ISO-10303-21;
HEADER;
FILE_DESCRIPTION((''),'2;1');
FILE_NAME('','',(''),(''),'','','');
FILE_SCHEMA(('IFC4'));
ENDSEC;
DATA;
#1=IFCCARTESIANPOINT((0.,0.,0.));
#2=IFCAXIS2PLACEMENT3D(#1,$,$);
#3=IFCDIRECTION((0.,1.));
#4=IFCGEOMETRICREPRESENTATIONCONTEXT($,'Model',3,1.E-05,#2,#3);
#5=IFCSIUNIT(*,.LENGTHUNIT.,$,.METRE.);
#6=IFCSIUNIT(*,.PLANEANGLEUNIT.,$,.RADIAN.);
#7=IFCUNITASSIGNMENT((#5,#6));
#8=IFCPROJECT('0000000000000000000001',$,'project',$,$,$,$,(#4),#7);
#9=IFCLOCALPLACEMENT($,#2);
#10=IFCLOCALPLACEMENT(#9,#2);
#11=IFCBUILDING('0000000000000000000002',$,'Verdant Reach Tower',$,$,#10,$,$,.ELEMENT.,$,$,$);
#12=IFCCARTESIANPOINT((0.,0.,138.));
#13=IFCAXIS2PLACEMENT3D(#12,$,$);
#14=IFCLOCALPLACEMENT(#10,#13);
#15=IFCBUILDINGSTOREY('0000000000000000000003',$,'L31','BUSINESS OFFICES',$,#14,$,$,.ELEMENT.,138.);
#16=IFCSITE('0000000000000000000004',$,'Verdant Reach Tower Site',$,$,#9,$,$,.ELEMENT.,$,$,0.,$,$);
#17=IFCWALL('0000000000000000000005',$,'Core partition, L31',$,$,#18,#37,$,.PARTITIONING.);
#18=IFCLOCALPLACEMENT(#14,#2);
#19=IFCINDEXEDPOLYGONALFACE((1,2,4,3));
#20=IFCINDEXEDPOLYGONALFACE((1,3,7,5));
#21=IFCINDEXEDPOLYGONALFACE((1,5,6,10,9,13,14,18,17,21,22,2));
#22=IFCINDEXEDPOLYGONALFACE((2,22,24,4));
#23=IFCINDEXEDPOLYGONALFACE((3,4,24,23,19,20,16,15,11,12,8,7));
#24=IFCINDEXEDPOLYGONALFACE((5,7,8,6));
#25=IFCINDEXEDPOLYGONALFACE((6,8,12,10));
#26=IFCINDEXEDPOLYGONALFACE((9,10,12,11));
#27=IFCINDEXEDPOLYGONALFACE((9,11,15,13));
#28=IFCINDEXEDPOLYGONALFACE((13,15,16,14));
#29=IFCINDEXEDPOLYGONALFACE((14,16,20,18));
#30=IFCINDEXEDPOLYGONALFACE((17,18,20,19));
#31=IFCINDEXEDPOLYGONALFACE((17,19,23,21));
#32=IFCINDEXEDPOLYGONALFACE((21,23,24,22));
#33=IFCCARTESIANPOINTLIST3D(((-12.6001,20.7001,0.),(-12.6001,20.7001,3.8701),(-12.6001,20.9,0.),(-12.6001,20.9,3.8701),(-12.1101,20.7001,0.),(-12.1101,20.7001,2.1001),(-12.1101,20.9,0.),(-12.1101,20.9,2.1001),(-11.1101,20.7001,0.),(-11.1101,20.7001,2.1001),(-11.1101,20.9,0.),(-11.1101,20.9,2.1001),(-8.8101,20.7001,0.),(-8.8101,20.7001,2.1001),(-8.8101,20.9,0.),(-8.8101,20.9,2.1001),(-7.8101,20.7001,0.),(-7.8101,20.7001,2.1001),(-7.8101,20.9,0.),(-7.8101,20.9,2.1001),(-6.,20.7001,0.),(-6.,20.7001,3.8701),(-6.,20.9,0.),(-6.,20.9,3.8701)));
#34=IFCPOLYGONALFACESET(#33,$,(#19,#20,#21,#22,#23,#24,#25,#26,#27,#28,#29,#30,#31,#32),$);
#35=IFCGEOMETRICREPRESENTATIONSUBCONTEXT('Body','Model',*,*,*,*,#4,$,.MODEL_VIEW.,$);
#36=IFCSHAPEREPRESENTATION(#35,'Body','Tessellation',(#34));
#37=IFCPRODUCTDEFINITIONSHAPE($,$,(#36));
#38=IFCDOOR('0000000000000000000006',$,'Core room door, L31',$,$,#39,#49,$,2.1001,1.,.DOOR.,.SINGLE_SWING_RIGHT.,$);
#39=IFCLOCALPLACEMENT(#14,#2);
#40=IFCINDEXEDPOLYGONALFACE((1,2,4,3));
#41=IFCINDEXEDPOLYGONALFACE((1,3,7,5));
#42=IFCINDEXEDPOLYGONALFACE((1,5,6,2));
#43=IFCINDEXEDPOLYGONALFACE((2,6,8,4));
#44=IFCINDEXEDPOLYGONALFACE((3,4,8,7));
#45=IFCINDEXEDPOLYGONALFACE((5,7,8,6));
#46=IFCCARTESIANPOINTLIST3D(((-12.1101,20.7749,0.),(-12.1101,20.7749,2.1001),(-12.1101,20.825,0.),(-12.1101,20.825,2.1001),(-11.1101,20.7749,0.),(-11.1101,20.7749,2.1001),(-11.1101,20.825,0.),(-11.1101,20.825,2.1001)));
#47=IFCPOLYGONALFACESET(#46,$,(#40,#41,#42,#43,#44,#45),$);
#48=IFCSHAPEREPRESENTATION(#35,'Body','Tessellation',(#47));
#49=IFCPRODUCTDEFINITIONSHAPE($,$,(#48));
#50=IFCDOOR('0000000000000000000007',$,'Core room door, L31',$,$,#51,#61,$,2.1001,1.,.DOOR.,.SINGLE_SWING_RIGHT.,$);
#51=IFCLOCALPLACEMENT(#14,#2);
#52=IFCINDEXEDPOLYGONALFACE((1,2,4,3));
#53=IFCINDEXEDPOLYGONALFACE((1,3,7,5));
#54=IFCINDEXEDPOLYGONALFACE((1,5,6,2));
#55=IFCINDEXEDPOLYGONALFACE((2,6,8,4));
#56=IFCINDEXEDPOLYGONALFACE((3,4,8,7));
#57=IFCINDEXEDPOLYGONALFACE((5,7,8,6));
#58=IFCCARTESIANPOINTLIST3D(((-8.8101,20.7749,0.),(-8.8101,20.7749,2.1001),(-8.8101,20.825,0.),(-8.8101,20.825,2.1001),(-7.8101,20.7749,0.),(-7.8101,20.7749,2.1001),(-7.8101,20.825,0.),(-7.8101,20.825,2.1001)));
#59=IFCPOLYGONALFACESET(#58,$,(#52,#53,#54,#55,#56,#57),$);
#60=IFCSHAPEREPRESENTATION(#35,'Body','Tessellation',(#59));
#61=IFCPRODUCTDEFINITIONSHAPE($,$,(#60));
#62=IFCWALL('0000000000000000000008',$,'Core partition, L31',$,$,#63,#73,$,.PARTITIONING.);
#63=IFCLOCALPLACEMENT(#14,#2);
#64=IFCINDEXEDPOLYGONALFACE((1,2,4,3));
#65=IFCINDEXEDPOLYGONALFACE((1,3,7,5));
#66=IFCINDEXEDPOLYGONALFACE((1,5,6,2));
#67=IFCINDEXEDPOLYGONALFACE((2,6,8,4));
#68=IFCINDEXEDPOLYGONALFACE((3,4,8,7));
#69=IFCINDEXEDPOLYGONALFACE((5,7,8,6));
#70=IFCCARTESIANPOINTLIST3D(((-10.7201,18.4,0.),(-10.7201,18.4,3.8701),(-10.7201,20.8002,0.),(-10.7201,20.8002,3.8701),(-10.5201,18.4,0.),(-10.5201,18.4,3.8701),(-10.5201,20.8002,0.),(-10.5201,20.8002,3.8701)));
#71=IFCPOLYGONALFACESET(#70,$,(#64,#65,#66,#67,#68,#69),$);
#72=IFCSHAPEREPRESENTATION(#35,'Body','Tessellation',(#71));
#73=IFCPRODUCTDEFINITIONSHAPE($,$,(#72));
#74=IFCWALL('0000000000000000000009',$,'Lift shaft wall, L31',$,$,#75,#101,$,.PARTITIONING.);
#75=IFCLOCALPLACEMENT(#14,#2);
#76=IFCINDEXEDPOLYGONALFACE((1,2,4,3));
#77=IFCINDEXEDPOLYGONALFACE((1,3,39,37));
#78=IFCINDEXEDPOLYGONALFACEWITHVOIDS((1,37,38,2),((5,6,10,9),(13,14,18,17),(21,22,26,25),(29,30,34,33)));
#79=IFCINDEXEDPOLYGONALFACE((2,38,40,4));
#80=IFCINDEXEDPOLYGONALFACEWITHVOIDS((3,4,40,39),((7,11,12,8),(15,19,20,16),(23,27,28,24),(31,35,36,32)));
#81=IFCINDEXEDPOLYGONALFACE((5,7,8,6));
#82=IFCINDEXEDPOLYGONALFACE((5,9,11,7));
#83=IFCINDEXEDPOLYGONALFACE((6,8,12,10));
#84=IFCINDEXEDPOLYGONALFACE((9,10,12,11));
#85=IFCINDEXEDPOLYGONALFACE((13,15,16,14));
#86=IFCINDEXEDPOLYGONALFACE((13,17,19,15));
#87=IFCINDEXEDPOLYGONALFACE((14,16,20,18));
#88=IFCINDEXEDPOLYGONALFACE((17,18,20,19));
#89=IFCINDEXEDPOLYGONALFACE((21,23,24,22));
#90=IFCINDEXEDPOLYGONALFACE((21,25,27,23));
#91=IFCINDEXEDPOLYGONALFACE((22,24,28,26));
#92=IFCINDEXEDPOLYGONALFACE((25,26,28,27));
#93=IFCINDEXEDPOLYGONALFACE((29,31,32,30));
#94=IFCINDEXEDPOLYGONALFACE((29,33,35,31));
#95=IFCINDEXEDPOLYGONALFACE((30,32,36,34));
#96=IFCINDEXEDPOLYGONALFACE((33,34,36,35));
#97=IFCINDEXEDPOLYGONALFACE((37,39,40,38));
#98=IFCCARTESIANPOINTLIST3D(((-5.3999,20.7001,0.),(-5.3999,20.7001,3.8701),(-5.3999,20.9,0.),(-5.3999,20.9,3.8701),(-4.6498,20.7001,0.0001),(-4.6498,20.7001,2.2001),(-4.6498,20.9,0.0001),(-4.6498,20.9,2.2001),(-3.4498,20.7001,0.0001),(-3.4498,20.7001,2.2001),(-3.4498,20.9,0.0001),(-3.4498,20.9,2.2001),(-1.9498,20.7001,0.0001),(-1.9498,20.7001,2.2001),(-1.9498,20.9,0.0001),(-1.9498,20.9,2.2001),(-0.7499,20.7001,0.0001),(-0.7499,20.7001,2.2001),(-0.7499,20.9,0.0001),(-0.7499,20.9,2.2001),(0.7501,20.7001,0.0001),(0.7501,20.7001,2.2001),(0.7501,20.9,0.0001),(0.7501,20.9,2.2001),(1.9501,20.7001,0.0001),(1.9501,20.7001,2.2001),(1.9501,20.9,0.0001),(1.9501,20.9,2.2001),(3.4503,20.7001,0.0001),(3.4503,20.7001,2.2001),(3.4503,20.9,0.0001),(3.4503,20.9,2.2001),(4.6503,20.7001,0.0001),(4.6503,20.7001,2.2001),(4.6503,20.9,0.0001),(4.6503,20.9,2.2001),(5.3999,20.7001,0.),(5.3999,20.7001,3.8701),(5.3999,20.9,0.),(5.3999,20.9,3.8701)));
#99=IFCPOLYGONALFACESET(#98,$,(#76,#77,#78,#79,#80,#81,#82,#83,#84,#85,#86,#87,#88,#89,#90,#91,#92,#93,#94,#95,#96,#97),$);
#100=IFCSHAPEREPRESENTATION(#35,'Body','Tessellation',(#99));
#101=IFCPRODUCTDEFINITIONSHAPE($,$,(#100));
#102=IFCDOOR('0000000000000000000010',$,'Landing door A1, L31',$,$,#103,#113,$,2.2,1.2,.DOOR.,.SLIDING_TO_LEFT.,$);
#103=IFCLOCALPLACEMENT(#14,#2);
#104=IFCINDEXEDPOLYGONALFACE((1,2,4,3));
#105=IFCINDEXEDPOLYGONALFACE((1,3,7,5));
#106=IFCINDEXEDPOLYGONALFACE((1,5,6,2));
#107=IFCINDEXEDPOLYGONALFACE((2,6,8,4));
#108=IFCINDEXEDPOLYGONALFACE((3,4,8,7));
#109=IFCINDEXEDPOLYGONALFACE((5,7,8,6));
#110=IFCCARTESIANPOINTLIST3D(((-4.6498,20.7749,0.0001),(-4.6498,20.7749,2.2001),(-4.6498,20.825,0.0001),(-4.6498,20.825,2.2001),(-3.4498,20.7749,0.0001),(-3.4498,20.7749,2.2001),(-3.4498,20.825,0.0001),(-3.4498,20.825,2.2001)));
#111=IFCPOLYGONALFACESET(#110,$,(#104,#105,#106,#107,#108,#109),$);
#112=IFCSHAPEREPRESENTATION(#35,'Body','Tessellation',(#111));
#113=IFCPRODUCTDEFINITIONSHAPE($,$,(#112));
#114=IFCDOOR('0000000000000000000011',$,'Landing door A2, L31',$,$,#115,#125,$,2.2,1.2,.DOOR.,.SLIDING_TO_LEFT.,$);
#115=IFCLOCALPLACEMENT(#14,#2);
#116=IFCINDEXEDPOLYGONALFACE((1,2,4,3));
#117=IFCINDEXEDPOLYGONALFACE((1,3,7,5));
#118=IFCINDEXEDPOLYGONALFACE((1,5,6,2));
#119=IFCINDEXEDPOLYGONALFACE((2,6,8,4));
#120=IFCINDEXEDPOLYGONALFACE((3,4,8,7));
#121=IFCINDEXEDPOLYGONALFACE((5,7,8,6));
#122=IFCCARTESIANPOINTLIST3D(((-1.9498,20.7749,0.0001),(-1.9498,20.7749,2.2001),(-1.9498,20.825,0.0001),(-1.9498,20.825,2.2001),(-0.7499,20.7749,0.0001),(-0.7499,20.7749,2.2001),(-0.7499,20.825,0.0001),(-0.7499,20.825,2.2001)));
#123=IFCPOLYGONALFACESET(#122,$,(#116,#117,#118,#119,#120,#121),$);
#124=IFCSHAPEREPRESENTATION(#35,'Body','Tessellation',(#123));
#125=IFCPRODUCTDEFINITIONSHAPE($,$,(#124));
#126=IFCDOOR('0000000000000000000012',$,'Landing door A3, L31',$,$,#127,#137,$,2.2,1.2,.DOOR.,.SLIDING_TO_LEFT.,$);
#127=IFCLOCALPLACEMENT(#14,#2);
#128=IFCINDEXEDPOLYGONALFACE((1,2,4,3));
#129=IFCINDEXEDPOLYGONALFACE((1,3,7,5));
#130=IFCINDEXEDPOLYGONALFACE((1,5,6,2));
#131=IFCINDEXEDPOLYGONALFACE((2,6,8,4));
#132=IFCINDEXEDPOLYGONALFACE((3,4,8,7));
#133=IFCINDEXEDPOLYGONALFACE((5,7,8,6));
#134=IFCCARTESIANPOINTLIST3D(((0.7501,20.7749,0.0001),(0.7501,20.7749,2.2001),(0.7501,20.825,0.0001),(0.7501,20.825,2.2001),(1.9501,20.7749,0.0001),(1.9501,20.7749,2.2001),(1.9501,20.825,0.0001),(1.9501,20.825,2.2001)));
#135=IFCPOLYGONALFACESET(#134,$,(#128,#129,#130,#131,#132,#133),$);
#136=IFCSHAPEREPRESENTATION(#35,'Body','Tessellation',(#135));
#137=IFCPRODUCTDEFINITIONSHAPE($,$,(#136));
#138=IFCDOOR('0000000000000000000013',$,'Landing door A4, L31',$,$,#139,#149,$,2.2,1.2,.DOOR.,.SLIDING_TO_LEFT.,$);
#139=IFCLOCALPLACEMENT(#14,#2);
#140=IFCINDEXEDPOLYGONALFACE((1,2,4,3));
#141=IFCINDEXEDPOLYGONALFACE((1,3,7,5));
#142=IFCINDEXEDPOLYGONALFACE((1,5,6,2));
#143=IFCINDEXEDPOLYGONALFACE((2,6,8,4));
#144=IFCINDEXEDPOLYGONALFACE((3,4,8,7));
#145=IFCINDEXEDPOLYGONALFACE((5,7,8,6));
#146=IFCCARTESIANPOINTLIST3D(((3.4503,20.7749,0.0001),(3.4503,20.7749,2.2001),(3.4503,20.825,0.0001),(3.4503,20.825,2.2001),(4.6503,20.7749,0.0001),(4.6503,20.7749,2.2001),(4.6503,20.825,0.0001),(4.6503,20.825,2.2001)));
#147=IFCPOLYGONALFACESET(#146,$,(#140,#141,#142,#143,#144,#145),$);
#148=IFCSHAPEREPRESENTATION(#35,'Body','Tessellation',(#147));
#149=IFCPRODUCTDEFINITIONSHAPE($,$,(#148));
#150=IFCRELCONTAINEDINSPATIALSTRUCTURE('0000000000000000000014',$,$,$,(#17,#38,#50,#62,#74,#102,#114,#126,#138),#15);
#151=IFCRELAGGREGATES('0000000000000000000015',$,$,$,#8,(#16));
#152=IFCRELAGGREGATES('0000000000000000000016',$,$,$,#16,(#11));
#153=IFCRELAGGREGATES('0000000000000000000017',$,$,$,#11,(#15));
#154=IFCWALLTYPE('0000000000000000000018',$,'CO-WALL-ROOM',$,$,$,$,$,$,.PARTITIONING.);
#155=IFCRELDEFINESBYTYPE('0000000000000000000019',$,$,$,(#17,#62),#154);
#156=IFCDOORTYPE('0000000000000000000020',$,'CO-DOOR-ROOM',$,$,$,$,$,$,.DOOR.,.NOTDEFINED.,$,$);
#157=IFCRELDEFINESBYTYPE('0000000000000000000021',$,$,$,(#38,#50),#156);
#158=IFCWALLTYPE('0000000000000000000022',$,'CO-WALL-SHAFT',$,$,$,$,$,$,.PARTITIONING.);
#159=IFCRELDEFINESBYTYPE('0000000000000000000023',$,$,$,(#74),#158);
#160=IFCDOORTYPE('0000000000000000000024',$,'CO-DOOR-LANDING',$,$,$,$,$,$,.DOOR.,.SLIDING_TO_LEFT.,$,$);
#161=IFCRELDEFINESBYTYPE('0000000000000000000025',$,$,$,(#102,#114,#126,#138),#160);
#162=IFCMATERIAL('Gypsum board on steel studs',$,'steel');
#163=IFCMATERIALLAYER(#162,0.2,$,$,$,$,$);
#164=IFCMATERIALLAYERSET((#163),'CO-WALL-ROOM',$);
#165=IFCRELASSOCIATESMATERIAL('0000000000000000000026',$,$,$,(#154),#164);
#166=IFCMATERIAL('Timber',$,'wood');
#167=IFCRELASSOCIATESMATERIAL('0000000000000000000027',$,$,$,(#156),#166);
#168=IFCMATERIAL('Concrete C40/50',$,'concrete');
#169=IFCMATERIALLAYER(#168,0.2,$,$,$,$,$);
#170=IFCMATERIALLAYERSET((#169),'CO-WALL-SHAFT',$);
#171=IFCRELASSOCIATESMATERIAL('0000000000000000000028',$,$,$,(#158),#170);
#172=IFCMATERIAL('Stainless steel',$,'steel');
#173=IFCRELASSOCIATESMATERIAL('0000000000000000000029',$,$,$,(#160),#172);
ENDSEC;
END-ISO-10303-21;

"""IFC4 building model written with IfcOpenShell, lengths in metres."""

from ifc_helpers import new_model, si_unit, direction, frame, frame_2d, origin, place, context, subcontext, project, spatial, rectangle, extrude, material, layer, layer_set, type_object, element, fill, save


model = new_model("IFC4")

# Units and contexts
model_context = context("Model", 3, precision=1e-05, world=origin(), true_north=direction((0.0, 1.0)))
body_context = subcontext(model_context, "Body", "Model", "MODEL_VIEW")
ifc_project = project(units=[si_unit("LENGTHUNIT", "METRE"), si_unit("PLANEANGLEUNIT", "RADIAN")], contexts=[model_context])

# Site, building, storey
site_placement = place(None, origin())
site = spatial("IfcSite", under=ifc_project, at=site_placement, Name="Verdant Reach Tower Site", CompositionType="ELEMENT", RefElevation=0.0)
building_placement = place(site_placement, origin())
building = spatial("IfcBuilding", under=site, at=building_placement, Name="Verdant Reach Tower", CompositionType="ELEMENT")
storey_placement = place(building_placement, frame((0.0, 0.0, 138.0)))
storey = spatial("IfcBuildingStorey", under=building, at=storey_placement, Name="L31", Description="BUSINESS OFFICES", CompositionType="ELEMENT", Elevation=138.0)

# Wall, openings, doors
ifc_material_1 = material(Name="Gypsum board on steel studs", Category="steel")
ifc_layer_1 = layer(ifc_material_1, 0.2)
ifc_layer_set_1 = layer_set([ifc_layer_1], Name="CO-WALL-ROOM")
wall_type_1 = type_object("IfcWallType", Name="CO-WALL-ROOM", PredefinedType="PARTITIONING", material=ifc_layer_set_1)
wall_1_placement = place(storey_placement, frame((-12.6001, 20.8, 0.0), z_axis=(0.0, 0.0, 1.0), x_axis=(1.0, 0.0, 0.0)))
wall_1 = element("IfcWall", 1, at=wall_1_placement, inside=storey, type_object=wall_type_1, Name="Core partition, L31", PredefinedType="PARTITIONING", context=body_context, shape_type="SweptSolid", body=[
    extrude(rectangle(XDim=6.6001, YDim=0.2, at=frame_2d((3.3, 0.0))), origin(), (0.0, 0.0, 1.0), 3.8701),
])
opening_1_placement = place(wall_1_placement, frame((0.49, 0.0, 0.0)))
opening_1 = element("IfcOpeningElement", 2, at=opening_1_placement, cuts=wall_1, PredefinedType="OPENING", context=body_context, shape_type="SweptSolid", body=[
    extrude(rectangle(XDim=1.0, YDim=2.1001, at=frame_2d((0.5, 1.05))), frame((0.0, 0.1099, 0.0), z_axis=(0.0, -1.0, 0.0), x_axis=(1.0, 0.0, 0.0)), (0.0, 0.0, 1.0), 0.22),
])
opening_2_placement = place(wall_1_placement, frame((3.79, 0.0, 0.0)))
opening_2 = element("IfcOpeningElement", 3, at=opening_2_placement, cuts=wall_1, PredefinedType="OPENING", context=body_context, shape_type="SweptSolid", body=[
    extrude(rectangle(XDim=1.0, YDim=2.1001, at=frame_2d((0.5, 1.05))), frame((0.0, 0.1099, 0.0), z_axis=(0.0, -1.0, 0.0), x_axis=(1.0, 0.0, 0.0)), (0.0, 0.0, 1.0), 0.22),
])
ifc_material_2 = material(Name="Timber", Category="wood")
door_type_1 = type_object("IfcDoorType", Name="CO-DOOR-ROOM", OperationType="NOTDEFINED", PredefinedType="DOOR", material=ifc_material_2)
door_1_placement = place(opening_1_placement, origin())
door_1 = element("IfcDoor", 4, at=door_1_placement, inside=storey, type_object=door_type_1, Name="Core room door, L31", OperationType="SINGLE_SWING_RIGHT", OverallHeight=2.1001, OverallWidth=1.0, PredefinedType="DOOR", context=body_context, shape_type="SweptSolid", body=[
    extrude(rectangle(XDim=1.0, YDim=2.1001, at=frame_2d((0.5, 1.05))), frame((0.0, 0.0249, 0.0), z_axis=(0.0, -1.0, 0.0), x_axis=(1.0, 0.0, 0.0)), (0.0, 0.0, 1.0), 0.05),
])
fill(opening_1, door_1)
door_2_placement = place(opening_2_placement, origin())
door_2 = element("IfcDoor", 5, at=door_2_placement, inside=storey, type_object=door_type_1, Name="Core room door, L31", OperationType="SINGLE_SWING_RIGHT", OverallHeight=2.1001, OverallWidth=1.0, PredefinedType="DOOR", context=body_context, shape_type="SweptSolid", body=[
    extrude(rectangle(XDim=1.0, YDim=2.1001, at=frame_2d((0.5, 1.05))), frame((0.0, 0.0249, 0.0), z_axis=(0.0, -1.0, 0.0), x_axis=(1.0, 0.0, 0.0)), (0.0, 0.0, 1.0), 0.05),
])
fill(opening_2, door_2)

# Wall
wall_2_placement = place(storey_placement, frame((-10.6201, 18.3999, 0.0), z_axis=(0.0, 0.0, 1.0), x_axis=(0.0, 1.0, 0.0)))
element("IfcWall", 6, at=wall_2_placement, inside=storey, type_object=wall_type_1, Name="Core partition, L31", PredefinedType="PARTITIONING", context=body_context, shape_type="SweptSolid", body=[
    extrude(rectangle(XDim=2.4001, YDim=0.2, at=frame_2d((1.2002, 0.0))), origin(), (0.0, 0.0, 1.0), 3.8701),
])

# Wall, openings, doors
ifc_material_3 = material(Name="Concrete C40/50", Category="concrete")
ifc_layer_2 = layer(ifc_material_3, 0.2)
ifc_layer_set_2 = layer_set([ifc_layer_2], Name="CO-WALL-SHAFT")
wall_type_2 = type_object("IfcWallType", Name="CO-WALL-SHAFT", PredefinedType="PARTITIONING", material=ifc_layer_set_2)
wall_3_placement = place(storey_placement, frame((-5.3999, 20.8, 0.0), z_axis=(0.0, 0.0, 1.0), x_axis=(1.0, 0.0, 0.0)))
wall_3 = element("IfcWall", 7, at=wall_3_placement, inside=storey, type_object=wall_type_2, Name="Lift shaft wall, L31", PredefinedType="PARTITIONING", context=body_context, shape_type="SweptSolid", body=[
    extrude(rectangle(XDim=10.7998, YDim=0.2, at=frame_2d((5.3999, 0.0))), origin(), (0.0, 0.0, 1.0), 3.8701),
])
opening_3_placement = place(wall_3_placement, frame((0.75, 0.0, 0.0)))
opening_3 = element("IfcOpeningElement", 8, at=opening_3_placement, cuts=wall_3, PredefinedType="OPENING", context=body_context, shape_type="SweptSolid", body=[
    extrude(rectangle(XDim=1.2, YDim=2.2, at=frame_2d((0.6001, 1.1001))), frame((0.0, 0.1099, 0.0), z_axis=(0.0, -1.0, 0.0), x_axis=(1.0, 0.0, 0.0)), (0.0, 0.0, 1.0), 0.22),
])
opening_4_placement = place(wall_3_placement, frame((3.45, 0.0, 0.0)))
opening_4 = element("IfcOpeningElement", 9, at=opening_4_placement, cuts=wall_3, PredefinedType="OPENING", context=body_context, shape_type="SweptSolid", body=[
    extrude(rectangle(XDim=1.2, YDim=2.2, at=frame_2d((0.6001, 1.1001))), frame((0.0, 0.1099, 0.0), z_axis=(0.0, -1.0, 0.0), x_axis=(1.0, 0.0, 0.0)), (0.0, 0.0, 1.0), 0.22),
])
opening_5_placement = place(wall_3_placement, frame((6.1499, 0.0, 0.0)))
opening_5 = element("IfcOpeningElement", 10, at=opening_5_placement, cuts=wall_3, PredefinedType="OPENING", context=body_context, shape_type="SweptSolid", body=[
    extrude(rectangle(XDim=1.2, YDim=2.2, at=frame_2d((0.6001, 1.1001))), frame((0.0, 0.1099, 0.0), z_axis=(0.0, -1.0, 0.0), x_axis=(1.0, 0.0, 0.0)), (0.0, 0.0, 1.0), 0.22),
])
opening_6_placement = place(wall_3_placement, frame((8.8501, 0.0, 0.0)))
opening_6 = element("IfcOpeningElement", 11, at=opening_6_placement, cuts=wall_3, PredefinedType="OPENING", context=body_context, shape_type="SweptSolid", body=[
    extrude(rectangle(XDim=1.2, YDim=2.2, at=frame_2d((0.6001, 1.1001))), frame((0.0, 0.1099, 0.0), z_axis=(0.0, -1.0, 0.0), x_axis=(1.0, 0.0, 0.0)), (0.0, 0.0, 1.0), 0.22),
])
ifc_material_4 = material(Name="Stainless steel", Category="steel")
door_type_2 = type_object("IfcDoorType", Name="CO-DOOR-LANDING", OperationType="SLIDING_TO_LEFT", PredefinedType="DOOR", material=ifc_material_4)
door_3_placement = place(opening_3_placement, origin())
door_3 = element("IfcDoor", 12, at=door_3_placement, inside=storey, type_object=door_type_2, Name="Landing door A1, L31", OperationType="SLIDING_TO_LEFT", OverallHeight=2.2, OverallWidth=1.2, PredefinedType="DOOR", context=body_context, shape_type="SweptSolid", body=[
    extrude(rectangle(XDim=1.2, YDim=2.2, at=frame_2d((0.6001, 1.1001))), frame((0.0, 0.0249, 0.0), z_axis=(0.0, -1.0, 0.0), x_axis=(1.0, 0.0, 0.0)), (0.0, 0.0, 1.0), 0.05),
])
fill(opening_3, door_3)
door_4_placement = place(opening_4_placement, origin())
door_4 = element("IfcDoor", 13, at=door_4_placement, inside=storey, type_object=door_type_2, Name="Landing door A2, L31", OperationType="SLIDING_TO_LEFT", OverallHeight=2.2, OverallWidth=1.2, PredefinedType="DOOR", context=body_context, shape_type="SweptSolid", body=[
    extrude(rectangle(XDim=1.2, YDim=2.2, at=frame_2d((0.6001, 1.1001))), frame((0.0, 0.0249, 0.0), z_axis=(0.0, -1.0, 0.0), x_axis=(1.0, 0.0, 0.0)), (0.0, 0.0, 1.0), 0.05),
])
fill(opening_4, door_4)
door_5_placement = place(opening_5_placement, origin())
door_5 = element("IfcDoor", 14, at=door_5_placement, inside=storey, type_object=door_type_2, Name="Landing door A3, L31", OperationType="SLIDING_TO_LEFT", OverallHeight=2.2, OverallWidth=1.2, PredefinedType="DOOR", context=body_context, shape_type="SweptSolid", body=[
    extrude(rectangle(XDim=1.2, YDim=2.2, at=frame_2d((0.6001, 1.1001))), frame((0.0, 0.0249, 0.0), z_axis=(0.0, -1.0, 0.0), x_axis=(1.0, 0.0, 0.0)), (0.0, 0.0, 1.0), 0.05),
])
fill(opening_5, door_5)
door_6_placement = place(opening_6_placement, origin())
door_6 = element("IfcDoor", 15, at=door_6_placement, inside=storey, type_object=door_type_2, Name="Landing door A4, L31", OperationType="SLIDING_TO_LEFT", OverallHeight=2.2, OverallWidth=1.2, PredefinedType="DOOR", context=body_context, shape_type="SweptSolid", body=[
    extrude(rectangle(XDim=1.2, YDim=2.2, at=frame_2d((0.6001, 1.1001))), frame((0.0, 0.0249, 0.0), z_axis=(0.0, -1.0, 0.0), x_axis=(1.0, 0.0, 0.0)), (0.0, 0.0, 1.0), 0.05),
])
fill(opening_6, door_6)

save(model, "model.ifc")
